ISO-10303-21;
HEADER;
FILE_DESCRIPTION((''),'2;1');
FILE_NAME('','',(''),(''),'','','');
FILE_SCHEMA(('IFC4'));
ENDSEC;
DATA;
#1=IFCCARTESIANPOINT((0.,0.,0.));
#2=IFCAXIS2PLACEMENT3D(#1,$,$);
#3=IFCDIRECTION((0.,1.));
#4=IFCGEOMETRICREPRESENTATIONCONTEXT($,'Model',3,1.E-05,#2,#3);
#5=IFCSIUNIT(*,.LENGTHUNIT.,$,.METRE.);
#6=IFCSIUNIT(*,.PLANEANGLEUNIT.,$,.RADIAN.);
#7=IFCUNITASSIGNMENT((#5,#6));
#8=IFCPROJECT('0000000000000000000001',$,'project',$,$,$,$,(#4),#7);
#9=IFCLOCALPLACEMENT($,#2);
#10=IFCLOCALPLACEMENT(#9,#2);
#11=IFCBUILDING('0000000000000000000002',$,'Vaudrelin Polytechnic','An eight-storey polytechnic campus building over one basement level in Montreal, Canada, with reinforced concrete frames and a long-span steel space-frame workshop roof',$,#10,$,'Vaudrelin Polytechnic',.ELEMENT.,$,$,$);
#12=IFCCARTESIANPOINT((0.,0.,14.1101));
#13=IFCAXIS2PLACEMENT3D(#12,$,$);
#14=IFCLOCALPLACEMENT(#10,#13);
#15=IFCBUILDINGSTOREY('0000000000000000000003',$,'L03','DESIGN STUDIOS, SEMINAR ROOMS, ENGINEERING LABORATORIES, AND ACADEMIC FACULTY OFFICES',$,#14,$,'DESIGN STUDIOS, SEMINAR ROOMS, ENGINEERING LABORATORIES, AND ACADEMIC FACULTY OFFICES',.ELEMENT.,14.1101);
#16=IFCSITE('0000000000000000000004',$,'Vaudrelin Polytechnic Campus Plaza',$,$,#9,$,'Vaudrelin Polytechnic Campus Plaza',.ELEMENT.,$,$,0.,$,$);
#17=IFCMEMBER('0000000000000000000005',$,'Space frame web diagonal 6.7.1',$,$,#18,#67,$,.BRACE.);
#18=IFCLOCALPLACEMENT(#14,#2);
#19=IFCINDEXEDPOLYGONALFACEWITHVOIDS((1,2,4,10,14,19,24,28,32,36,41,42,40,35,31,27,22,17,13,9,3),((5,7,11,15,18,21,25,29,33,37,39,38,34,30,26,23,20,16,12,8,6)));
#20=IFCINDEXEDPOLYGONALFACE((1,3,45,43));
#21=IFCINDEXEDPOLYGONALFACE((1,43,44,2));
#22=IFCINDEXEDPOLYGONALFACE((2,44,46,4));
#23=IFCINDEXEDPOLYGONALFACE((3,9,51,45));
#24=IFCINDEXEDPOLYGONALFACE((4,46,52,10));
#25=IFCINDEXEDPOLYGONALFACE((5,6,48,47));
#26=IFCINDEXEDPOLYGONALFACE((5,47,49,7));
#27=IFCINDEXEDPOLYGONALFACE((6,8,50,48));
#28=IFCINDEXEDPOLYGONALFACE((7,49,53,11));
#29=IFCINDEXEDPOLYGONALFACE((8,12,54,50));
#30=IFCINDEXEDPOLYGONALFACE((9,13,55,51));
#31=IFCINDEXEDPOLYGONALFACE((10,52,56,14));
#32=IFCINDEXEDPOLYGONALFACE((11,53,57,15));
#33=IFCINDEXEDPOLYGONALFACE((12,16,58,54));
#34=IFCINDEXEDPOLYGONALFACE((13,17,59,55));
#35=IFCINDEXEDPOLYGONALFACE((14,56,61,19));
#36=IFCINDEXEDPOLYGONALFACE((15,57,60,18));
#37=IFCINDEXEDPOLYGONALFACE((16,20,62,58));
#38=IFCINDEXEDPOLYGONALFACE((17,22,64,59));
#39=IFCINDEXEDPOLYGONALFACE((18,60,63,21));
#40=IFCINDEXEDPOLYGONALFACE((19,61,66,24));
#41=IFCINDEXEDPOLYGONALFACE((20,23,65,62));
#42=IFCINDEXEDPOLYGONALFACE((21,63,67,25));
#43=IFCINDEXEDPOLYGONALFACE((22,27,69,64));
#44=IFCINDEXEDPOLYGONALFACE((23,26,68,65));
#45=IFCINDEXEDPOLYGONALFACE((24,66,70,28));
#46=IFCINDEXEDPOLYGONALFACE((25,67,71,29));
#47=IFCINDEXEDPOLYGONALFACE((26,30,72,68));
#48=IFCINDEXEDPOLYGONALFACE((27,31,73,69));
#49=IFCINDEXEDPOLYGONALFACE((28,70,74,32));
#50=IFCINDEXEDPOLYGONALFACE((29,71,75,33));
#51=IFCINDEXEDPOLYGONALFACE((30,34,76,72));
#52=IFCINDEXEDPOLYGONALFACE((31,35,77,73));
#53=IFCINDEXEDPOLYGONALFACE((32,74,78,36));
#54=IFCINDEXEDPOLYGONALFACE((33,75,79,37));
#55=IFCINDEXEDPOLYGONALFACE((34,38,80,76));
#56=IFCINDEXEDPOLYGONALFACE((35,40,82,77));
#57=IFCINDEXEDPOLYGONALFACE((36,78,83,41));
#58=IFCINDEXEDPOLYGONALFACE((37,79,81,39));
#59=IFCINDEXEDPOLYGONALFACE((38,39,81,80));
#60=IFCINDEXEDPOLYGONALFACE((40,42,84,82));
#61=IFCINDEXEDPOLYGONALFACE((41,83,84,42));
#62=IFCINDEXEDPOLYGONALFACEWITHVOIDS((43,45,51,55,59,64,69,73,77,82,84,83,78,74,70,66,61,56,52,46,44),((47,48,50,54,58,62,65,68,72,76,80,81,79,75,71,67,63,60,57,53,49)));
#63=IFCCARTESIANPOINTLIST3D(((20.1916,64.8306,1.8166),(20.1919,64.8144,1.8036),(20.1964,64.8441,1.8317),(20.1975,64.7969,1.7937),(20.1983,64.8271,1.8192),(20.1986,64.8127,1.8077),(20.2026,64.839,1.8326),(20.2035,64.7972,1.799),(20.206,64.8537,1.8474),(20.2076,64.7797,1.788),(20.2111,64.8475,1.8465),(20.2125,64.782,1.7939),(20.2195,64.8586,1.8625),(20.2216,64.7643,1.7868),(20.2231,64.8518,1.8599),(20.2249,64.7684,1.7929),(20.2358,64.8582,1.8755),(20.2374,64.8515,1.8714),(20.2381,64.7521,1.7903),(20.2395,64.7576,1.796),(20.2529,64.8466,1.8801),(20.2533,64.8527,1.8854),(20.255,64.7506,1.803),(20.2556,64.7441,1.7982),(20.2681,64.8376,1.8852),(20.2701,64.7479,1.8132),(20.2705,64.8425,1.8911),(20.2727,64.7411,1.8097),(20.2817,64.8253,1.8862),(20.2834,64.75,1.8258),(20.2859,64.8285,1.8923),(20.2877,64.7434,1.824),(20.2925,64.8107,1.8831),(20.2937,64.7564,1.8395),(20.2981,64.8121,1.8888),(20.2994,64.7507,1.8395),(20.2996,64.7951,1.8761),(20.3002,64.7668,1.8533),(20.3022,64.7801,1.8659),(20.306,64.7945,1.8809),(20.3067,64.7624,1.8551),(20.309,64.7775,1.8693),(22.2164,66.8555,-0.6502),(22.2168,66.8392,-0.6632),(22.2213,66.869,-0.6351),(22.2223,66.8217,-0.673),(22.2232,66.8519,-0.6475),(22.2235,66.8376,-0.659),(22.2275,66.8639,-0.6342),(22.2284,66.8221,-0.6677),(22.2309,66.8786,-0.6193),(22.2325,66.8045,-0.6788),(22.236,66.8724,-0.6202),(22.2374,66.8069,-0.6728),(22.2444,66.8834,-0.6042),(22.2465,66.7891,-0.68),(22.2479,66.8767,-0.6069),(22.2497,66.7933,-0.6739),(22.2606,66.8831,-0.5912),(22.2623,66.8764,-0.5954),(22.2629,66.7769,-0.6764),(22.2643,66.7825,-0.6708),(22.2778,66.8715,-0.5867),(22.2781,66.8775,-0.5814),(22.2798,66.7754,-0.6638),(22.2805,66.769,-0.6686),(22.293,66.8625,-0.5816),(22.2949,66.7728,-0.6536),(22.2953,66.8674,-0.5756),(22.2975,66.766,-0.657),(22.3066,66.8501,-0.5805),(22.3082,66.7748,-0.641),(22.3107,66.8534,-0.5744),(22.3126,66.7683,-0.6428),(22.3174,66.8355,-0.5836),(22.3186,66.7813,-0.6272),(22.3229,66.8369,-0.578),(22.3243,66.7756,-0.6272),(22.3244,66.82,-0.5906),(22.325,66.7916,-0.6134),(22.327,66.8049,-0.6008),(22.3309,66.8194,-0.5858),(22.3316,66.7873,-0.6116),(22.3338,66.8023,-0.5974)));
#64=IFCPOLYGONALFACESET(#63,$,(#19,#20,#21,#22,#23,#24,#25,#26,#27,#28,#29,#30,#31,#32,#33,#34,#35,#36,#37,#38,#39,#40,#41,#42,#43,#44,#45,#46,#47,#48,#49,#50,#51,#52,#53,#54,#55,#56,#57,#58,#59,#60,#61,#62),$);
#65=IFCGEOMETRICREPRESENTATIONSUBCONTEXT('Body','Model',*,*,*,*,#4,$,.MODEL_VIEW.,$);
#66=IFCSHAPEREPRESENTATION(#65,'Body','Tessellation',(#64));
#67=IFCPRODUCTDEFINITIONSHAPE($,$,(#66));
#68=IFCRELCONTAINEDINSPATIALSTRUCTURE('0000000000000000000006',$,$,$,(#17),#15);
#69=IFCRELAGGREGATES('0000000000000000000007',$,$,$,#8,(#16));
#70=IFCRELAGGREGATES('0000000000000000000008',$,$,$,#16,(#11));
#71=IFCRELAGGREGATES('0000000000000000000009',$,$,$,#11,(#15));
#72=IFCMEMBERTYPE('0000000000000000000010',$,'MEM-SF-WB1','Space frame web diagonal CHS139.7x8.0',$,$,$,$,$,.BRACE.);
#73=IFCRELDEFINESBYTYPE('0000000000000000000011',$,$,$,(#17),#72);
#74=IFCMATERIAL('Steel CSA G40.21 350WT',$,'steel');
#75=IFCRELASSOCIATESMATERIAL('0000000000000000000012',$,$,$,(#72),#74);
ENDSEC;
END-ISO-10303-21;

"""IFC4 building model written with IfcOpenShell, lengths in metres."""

from ifc_helpers import new_model, si_unit, direction, frame, origin, origin_2d, place, context, subcontext, project, spatial, hollow_circle, extrude, material, material_profile, profile_set, type_object, element, save


model = new_model("IFC4")

# Units and contexts
model_context = context("Model", 3, precision=1e-05, world=origin(), true_north=direction((0.0, 1.0)))
body_context = subcontext(model_context, "Body", "Model", "MODEL_VIEW")
ifc_project = project(units=[si_unit("LENGTHUNIT", "METRE"), si_unit("PLANEANGLEUNIT", "RADIAN")], contexts=[model_context])

# Site, building, storey
site_placement = place(None, origin())
site = spatial("IfcSite", under=ifc_project, at=site_placement, Name="Vaudrelin Polytechnic Campus Plaza", LongName="Vaudrelin Polytechnic Campus Plaza", CompositionType="ELEMENT", RefElevation=0.0)
building_placement = place(site_placement, origin())
building = spatial("IfcBuilding", under=site, at=building_placement, Name="Vaudrelin Polytechnic", Description="An eight-storey polytechnic campus building over one basement level in Montreal, Canada, with reinforced concrete frames and a long-span steel space-frame workshop roof", LongName="Vaudrelin Polytechnic", CompositionType="ELEMENT")
storey_placement = place(building_placement, frame((0.0, 0.0, 14.1101)))
storey = spatial("IfcBuildingStorey", under=building, at=storey_placement, Name="L03", Description="DESIGN STUDIOS, SEMINAR ROOMS, ENGINEERING LABORATORIES, AND ACADEMIC FACULTY OFFICES", LongName="DESIGN STUDIOS, SEMINAR ROOMS, ENGINEERING LABORATORIES, AND ACADEMIC FACULTY OFFICES", CompositionType="ELEMENT", Elevation=14.1101)

# Member
ifc_material = material(Name="Steel CSA G40.21 350WT", Category="steel")
ifc_material_profile_1 = material_profile(ifc_material, hollow_circle(Radius=0.0698, WallThickness=0.0081, at=origin_2d()), Name="CHS139.7x8.0")
ifc_profile_set_1 = profile_set([ifc_material_profile_1], Name="Steel CSA G40.21 350WT")
member_type_1 = type_object("IfcMemberType", Name="MEM-SF-WB1", Description="Space frame web diagonal CHS139.7x8.0", PredefinedType="BRACE", material=ifc_profile_set_1)
member_1_placement = place(storey_placement, frame((22.2749, 66.825, -0.6272), z_axis=(-0.535742, -0.535742, 0.652657), x_axis=(0.707107, -0.707107, 0.0)))
element("IfcMember", 1, at=member_1_placement, inside=storey, type_object=member_type_1, Name="Space frame web diagonal 6.7.1", PredefinedType="BRACE", context=body_context, shape_type="SweptSolid", body=[
    extrude(hollow_circle(Radius=0.0698, WallThickness=0.0081, at=origin_2d()), origin(), (0.0, 0.0, 1.0), 3.7795),
])

save(model, "model.ifc")
